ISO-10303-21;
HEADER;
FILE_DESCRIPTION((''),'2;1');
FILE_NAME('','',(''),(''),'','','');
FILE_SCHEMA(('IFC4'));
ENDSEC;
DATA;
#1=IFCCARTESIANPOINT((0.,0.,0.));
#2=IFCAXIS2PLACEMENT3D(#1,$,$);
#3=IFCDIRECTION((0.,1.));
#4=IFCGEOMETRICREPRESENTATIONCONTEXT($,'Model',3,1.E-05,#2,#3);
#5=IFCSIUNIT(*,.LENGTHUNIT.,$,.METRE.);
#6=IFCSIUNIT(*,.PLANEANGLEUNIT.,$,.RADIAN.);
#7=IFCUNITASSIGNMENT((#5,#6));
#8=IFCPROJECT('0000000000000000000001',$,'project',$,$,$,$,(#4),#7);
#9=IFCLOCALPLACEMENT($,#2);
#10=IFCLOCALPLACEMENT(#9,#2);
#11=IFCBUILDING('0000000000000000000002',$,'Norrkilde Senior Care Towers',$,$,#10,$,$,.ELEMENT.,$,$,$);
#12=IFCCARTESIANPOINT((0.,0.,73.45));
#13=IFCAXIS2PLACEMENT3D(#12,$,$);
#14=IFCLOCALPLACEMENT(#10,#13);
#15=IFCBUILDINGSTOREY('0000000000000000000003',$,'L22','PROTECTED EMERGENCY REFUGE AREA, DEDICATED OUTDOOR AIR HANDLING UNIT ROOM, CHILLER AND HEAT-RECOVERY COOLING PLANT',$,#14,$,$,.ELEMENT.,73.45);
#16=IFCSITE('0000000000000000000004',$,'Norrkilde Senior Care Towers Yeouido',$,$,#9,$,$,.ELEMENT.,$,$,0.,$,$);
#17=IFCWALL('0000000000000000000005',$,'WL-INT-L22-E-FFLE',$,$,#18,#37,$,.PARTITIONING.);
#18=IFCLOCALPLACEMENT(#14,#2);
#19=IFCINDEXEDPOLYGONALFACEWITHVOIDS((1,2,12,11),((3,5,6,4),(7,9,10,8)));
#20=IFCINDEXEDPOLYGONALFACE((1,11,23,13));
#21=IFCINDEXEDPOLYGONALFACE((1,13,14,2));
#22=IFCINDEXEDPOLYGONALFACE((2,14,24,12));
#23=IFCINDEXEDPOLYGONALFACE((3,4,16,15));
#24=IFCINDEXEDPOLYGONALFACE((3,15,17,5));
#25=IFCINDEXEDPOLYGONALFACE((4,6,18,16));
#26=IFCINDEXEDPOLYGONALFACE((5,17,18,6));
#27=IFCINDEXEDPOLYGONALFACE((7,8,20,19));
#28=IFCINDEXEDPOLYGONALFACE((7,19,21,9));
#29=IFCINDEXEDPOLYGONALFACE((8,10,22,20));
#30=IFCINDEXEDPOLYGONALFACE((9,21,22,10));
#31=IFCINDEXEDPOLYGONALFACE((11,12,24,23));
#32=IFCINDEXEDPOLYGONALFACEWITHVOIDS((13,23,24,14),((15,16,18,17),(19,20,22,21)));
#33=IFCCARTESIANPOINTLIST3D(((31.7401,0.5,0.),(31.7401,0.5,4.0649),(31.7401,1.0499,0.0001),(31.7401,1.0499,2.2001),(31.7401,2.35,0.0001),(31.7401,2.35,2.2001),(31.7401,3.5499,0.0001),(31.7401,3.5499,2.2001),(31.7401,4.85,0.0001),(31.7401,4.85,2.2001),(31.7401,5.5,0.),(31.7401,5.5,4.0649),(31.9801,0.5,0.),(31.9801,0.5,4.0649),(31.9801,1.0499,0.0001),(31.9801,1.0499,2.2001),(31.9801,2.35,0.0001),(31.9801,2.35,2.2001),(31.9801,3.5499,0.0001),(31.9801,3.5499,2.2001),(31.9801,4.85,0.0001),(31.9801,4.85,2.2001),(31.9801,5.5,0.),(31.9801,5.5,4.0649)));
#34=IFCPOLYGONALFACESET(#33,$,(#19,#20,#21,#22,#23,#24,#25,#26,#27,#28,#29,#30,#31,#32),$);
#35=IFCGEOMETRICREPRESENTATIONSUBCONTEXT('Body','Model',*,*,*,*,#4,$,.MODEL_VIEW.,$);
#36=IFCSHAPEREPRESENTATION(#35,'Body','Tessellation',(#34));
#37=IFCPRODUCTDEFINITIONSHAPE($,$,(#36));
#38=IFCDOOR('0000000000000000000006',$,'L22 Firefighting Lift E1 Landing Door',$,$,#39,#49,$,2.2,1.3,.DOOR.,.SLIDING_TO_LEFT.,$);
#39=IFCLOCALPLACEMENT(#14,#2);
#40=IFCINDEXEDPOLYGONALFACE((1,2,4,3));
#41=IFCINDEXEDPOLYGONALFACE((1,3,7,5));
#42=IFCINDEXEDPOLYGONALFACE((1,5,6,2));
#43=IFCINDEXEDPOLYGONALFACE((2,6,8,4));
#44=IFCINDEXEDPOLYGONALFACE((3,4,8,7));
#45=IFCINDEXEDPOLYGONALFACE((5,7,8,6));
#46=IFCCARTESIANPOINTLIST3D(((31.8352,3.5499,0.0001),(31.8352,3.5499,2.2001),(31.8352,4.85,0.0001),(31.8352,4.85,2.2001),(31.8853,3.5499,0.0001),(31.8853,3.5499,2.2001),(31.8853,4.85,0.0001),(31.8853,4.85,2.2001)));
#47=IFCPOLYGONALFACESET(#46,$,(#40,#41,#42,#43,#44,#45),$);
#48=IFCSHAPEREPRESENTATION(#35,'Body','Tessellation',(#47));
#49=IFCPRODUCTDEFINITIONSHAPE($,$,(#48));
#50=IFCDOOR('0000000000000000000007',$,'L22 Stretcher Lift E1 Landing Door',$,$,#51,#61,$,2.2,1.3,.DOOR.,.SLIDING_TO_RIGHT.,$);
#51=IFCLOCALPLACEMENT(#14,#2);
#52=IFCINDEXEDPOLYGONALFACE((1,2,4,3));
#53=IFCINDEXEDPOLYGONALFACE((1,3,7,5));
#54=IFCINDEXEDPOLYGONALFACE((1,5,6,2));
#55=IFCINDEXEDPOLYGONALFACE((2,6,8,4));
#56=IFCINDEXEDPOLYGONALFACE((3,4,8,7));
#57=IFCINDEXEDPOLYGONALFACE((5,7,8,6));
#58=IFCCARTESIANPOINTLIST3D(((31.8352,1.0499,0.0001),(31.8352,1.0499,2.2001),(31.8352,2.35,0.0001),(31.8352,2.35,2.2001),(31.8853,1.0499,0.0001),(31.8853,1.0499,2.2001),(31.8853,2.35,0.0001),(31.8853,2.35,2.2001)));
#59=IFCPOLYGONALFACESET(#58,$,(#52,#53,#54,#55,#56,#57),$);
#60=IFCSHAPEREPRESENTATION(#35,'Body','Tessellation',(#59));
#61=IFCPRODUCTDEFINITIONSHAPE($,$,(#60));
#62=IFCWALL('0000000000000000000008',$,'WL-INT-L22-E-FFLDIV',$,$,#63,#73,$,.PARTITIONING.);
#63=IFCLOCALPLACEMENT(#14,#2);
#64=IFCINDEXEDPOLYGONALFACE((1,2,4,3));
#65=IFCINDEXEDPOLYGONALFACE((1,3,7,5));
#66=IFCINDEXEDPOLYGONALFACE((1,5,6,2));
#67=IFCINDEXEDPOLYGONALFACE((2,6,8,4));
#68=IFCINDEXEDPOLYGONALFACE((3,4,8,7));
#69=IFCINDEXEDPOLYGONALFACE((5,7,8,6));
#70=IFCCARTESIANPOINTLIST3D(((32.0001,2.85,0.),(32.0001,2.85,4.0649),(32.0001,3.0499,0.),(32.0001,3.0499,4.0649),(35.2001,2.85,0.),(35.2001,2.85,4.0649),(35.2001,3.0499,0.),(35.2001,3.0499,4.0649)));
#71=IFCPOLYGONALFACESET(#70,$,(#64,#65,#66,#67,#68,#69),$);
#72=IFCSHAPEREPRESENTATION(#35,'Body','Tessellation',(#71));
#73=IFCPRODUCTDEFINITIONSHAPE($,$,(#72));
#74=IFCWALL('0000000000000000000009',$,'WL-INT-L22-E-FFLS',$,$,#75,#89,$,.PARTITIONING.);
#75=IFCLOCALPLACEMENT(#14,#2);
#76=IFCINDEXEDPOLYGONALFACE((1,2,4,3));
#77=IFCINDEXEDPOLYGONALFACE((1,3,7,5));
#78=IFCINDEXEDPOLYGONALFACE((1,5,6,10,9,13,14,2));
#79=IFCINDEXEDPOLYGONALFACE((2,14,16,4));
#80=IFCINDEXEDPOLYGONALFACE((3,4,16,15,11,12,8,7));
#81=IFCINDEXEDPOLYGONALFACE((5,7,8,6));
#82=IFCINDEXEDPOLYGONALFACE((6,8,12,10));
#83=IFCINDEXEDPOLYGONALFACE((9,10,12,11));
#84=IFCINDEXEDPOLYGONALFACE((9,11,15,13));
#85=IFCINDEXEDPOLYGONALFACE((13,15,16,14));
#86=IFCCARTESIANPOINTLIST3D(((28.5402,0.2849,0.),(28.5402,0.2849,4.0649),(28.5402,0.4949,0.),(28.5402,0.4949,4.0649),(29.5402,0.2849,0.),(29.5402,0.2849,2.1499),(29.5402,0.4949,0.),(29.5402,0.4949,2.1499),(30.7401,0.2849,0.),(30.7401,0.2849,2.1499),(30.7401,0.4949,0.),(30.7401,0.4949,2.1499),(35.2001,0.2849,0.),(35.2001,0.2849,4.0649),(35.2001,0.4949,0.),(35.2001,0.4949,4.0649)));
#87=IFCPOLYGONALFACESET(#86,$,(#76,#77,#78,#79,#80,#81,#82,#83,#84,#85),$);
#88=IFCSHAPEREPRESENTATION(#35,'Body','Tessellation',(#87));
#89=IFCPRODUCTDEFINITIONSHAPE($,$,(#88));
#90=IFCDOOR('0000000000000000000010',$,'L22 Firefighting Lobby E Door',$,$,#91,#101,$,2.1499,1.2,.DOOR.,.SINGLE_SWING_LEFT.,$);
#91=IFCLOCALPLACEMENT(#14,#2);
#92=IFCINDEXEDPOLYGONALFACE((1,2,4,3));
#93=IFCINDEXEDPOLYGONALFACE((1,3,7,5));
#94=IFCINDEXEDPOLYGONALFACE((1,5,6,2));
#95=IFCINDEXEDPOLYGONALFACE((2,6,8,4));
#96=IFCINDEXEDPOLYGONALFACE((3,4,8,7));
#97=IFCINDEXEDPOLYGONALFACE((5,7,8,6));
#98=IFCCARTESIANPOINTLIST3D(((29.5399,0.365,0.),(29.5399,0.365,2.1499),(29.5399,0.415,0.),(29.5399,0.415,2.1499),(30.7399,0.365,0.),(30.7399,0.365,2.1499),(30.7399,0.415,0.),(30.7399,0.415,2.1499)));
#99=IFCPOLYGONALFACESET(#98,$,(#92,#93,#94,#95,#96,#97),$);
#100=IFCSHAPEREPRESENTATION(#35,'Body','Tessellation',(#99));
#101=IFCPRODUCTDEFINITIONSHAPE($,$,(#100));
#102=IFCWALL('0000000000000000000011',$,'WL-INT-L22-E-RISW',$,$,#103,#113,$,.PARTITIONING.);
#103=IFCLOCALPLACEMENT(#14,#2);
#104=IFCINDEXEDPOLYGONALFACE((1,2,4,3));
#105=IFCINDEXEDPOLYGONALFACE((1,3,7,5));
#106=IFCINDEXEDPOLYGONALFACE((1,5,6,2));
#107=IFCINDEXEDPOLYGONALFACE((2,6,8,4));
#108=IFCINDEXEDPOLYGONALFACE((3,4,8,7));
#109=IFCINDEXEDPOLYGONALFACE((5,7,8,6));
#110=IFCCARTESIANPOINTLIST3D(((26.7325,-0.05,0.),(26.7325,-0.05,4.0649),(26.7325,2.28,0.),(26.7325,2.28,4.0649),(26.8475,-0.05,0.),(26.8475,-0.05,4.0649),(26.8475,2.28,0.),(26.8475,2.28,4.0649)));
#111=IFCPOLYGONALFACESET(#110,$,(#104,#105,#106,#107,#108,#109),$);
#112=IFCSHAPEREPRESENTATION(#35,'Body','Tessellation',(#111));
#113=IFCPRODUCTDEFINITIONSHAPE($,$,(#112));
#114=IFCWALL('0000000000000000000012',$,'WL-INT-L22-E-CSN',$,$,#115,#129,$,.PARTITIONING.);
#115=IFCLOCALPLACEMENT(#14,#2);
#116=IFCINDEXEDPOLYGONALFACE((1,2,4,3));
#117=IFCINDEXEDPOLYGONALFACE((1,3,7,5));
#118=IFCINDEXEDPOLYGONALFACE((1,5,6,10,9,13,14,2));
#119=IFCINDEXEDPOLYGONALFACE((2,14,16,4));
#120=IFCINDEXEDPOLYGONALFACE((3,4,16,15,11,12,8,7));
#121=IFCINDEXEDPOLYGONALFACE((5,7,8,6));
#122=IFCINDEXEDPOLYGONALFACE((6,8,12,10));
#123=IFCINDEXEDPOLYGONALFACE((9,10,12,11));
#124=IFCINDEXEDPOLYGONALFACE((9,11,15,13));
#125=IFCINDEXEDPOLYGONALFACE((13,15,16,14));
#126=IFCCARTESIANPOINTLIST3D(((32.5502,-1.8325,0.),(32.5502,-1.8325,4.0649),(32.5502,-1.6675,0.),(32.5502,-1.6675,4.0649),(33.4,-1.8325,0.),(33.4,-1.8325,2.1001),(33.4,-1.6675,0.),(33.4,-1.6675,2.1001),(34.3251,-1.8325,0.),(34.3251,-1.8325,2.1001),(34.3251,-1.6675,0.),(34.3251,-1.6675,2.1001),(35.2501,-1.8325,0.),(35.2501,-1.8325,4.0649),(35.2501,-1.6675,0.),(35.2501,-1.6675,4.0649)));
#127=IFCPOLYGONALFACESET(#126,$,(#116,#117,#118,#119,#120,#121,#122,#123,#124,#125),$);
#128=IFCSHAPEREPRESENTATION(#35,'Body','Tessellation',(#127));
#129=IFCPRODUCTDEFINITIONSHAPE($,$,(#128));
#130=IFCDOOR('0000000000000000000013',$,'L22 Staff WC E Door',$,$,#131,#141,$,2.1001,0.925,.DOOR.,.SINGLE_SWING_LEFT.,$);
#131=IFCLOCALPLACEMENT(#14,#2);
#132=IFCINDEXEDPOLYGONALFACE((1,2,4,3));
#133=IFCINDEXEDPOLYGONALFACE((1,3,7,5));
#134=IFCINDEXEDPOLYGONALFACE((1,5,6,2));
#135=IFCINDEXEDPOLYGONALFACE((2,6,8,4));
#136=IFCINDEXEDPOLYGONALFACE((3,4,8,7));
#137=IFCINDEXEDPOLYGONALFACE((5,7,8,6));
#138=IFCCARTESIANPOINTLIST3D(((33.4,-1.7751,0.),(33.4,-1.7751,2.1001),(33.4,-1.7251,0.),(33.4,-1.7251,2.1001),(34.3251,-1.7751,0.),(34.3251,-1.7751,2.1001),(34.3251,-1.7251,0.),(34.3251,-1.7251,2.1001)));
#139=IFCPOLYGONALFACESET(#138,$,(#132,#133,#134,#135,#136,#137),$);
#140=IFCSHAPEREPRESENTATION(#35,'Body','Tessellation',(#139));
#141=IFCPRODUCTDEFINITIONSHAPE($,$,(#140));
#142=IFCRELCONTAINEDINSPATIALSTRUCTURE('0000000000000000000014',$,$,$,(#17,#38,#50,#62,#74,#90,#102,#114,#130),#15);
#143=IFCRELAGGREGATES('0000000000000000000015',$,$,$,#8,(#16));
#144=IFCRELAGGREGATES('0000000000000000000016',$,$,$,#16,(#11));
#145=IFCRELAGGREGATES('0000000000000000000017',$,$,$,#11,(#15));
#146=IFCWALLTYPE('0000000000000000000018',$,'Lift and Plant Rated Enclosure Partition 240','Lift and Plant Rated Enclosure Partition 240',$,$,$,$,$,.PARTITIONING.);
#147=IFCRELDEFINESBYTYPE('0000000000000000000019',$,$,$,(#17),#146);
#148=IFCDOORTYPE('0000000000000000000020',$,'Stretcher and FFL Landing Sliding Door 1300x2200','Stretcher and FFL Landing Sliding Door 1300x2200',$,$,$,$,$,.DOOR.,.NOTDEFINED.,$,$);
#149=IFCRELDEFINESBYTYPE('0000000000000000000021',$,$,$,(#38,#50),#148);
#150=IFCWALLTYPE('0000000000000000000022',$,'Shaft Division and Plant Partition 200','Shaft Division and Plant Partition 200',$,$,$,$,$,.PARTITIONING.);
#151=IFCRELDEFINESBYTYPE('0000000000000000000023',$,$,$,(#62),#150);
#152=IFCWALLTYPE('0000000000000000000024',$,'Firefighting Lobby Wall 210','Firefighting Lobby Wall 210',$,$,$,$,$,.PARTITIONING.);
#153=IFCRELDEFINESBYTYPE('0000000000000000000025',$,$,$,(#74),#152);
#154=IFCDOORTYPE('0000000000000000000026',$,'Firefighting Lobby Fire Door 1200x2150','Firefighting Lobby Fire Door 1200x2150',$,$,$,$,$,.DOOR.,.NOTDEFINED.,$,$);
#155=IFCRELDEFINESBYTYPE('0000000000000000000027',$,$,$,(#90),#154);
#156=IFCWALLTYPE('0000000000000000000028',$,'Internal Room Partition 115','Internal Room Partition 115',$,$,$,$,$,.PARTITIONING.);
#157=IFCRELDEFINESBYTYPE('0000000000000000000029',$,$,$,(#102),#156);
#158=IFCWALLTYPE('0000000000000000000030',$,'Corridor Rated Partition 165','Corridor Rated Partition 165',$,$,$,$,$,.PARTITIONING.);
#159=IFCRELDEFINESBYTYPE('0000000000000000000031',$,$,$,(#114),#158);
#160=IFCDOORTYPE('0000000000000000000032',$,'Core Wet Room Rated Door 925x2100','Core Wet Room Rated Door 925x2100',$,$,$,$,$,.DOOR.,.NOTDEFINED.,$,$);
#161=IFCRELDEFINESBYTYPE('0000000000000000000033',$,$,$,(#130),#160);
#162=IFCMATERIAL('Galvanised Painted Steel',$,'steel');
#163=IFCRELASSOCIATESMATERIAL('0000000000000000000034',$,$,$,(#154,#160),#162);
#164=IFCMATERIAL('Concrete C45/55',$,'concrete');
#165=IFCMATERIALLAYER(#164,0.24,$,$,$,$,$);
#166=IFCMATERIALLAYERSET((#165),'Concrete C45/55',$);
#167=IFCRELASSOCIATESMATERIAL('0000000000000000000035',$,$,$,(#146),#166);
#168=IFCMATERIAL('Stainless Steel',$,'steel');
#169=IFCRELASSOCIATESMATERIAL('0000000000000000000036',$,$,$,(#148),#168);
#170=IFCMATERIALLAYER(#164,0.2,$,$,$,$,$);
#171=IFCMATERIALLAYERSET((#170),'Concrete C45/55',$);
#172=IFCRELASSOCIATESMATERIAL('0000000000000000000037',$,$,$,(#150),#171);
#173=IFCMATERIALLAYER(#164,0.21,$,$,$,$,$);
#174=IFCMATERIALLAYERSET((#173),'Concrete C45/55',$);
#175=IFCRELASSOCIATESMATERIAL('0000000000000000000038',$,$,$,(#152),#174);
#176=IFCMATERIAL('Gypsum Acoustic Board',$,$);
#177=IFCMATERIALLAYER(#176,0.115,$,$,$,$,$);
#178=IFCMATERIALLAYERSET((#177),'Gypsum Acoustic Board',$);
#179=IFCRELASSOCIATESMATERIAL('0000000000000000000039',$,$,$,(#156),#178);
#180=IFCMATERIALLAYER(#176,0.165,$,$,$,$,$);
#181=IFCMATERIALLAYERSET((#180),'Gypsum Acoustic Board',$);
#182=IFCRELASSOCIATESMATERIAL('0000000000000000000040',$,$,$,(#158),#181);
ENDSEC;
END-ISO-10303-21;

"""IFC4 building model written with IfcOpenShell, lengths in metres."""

from ifc_helpers import new_model, si_unit, direction, frame, frame_2d, origin, place, context, subcontext, project, spatial, rectangle, extrude, source, transform, mapped, material, layer, layer_set, type_object, type_shapes, element, fill, save


model = new_model("IFC4")

# Units and contexts
model_context = context("Model", 3, precision=1e-05, world=origin(), true_north=direction((0.0, 1.0)))
body_context = subcontext(model_context, "Body", "Model", "MODEL_VIEW")
ifc_project = project(units=[si_unit("LENGTHUNIT", "METRE"), si_unit("PLANEANGLEUNIT", "RADIAN")], contexts=[model_context])

# Site, building, storey
site_placement = place(None, origin())
site = spatial("IfcSite", under=ifc_project, at=site_placement, Name="Norrkilde Senior Care Towers Yeouido", CompositionType="ELEMENT", RefElevation=0.0)
building_placement = place(site_placement, origin())
building = spatial("IfcBuilding", under=site, at=building_placement, Name="Norrkilde Senior Care Towers", CompositionType="ELEMENT")
storey_placement = place(building_placement, frame((0.0, 0.0, 73.45)))
storey = spatial("IfcBuildingStorey", under=building, at=storey_placement, Name="L22", Description="PROTECTED EMERGENCY REFUGE AREA, DEDICATED OUTDOOR AIR HANDLING UNIT ROOM, CHILLER AND HEAT-RECOVERY COOLING PLANT", CompositionType="ELEMENT", Elevation=73.45)

# Shared definitions
ifc_material_1 = material(Name="Galvanised Painted Steel", Category="steel")
door_type_1 = type_object("IfcDoorType", Name="Firefighting Lobby Fire Door 1200x2150", Description="Firefighting Lobby Fire Door 1200x2150", OperationType="NOTDEFINED", PredefinedType="DOOR", material=ifc_material_1)
shared_shape_1 = source(origin(), body_context, "Body", "SweptSolid", [
    extrude(rectangle(XDim=1.2, YDim=2.1499, at=frame_2d((0.6001, 1.075))), frame((0.0, 0.0249, 0.0), z_axis=(0.0, -1.0, 0.0), x_axis=(1.0, 0.0, 0.0)), (0.0, 0.0, 1.0), 0.05),
])
type_shapes(door_type_1, [shared_shape_1])

# Shared definitions
ifc_material_2 = material(Name="Concrete C45/55", Category="concrete")

# Wall, openings, doors
ifc_layer_1 = layer(ifc_material_2, 0.24)
ifc_layer_set_1 = layer_set([ifc_layer_1], Name="Concrete C45/55")
wall_type_1 = type_object("IfcWallType", Name="Lift and Plant Rated Enclosure Partition 240", Description="Lift and Plant Rated Enclosure Partition 240", PredefinedType="PARTITIONING", material=ifc_layer_set_1)
shared_shape_2 = source(origin(), body_context, "Body", "SweptSolid", [
    extrude(rectangle(XDim=5.0, YDim=0.24, at=frame_2d((2.5, 0.0))), origin(), (0.0, 0.0, 1.0), 4.0649),
])
type_shapes(wall_type_1, [shared_shape_2])
wall_1_placement = place(storey_placement, frame((31.8601, 0.5, 0.0), z_axis=(0.0, 0.0, 1.0), x_axis=(0.0, 1.0, 0.0)))
wall_1 = element("IfcWall", 1, at=wall_1_placement, inside=storey, type_object=wall_type_1, Name="WL-INT-L22-E-FFLE", PredefinedType="PARTITIONING", context=body_context, shape_type="MappedRepresentation", body=[
    mapped(shared_shape_2, transform((0.0, 0.0, 0.0), x_axis=(1.0, 0.0, 0.0), y_axis=(0.0, 1.0, 0.0), z_axis=(0.0, 0.0, 1.0), scale=1.0)),
])
opening_1_placement = place(wall_1_placement, frame((3.05, 0.0, 0.0)))
opening_1 = element("IfcOpeningElement", 2, at=opening_1_placement, cuts=wall_1, PredefinedType="OPENING", context=body_context, shape_type="SweptSolid", body=[
    extrude(rectangle(XDim=1.3, YDim=2.2, at=frame_2d((0.6499, 1.1001))), frame((0.0, 0.1299, 0.0), z_axis=(0.0, -1.0, 0.0), x_axis=(1.0, 0.0, 0.0)), (0.0, 0.0, 1.0), 0.26),
])
opening_2_placement = place(wall_1_placement, frame((0.55, 0.0, 0.0)))
opening_2 = element("IfcOpeningElement", 3, at=opening_2_placement, cuts=wall_1, PredefinedType="OPENING", context=body_context, shape_type="SweptSolid", body=[
    extrude(rectangle(XDim=1.3, YDim=2.2, at=frame_2d((0.6499, 1.1001))), frame((0.0, 0.1299, 0.0), z_axis=(0.0, -1.0, 0.0), x_axis=(1.0, 0.0, 0.0)), (0.0, 0.0, 1.0), 0.26),
])
ifc_material_3 = material(Name="Stainless Steel", Category="steel")
door_type_2 = type_object("IfcDoorType", Name="Stretcher and FFL Landing Sliding Door 1300x2200", Description="Stretcher and FFL Landing Sliding Door 1300x2200", OperationType="NOTDEFINED", PredefinedType="DOOR", material=ifc_material_3)
shared_shape_3 = source(origin(), body_context, "Body", "SweptSolid", [
    extrude(rectangle(XDim=1.3, YDim=2.2, at=frame_2d((0.6499, 1.1001))), frame((0.0, 0.0249, 0.0), z_axis=(0.0, -1.0, 0.0), x_axis=(1.0, 0.0, 0.0)), (0.0, 0.0, 1.0), 0.05),
])
type_shapes(door_type_2, [shared_shape_3])
door_1_placement = place(opening_1_placement, origin())
door_1 = element("IfcDoor", 4, at=door_1_placement, inside=storey, type_object=door_type_2, Name="L22 Firefighting Lift E1 Landing Door", OperationType="SLIDING_TO_LEFT", OverallHeight=2.2, OverallWidth=1.3, PredefinedType="DOOR", context=body_context, shape_type="MappedRepresentation", body=[
    mapped(shared_shape_3, transform((0.0, 0.0, 0.0), x_axis=(1.0, 0.0, 0.0), y_axis=(0.0, 1.0, 0.0), z_axis=(0.0, 0.0, 1.0), scale=1.0)),
])
fill(opening_1, door_1)
door_2_placement = place(opening_2_placement, origin())
door_2 = element("IfcDoor", 5, at=door_2_placement, inside=storey, type_object=door_type_2, Name="L22 Stretcher Lift E1 Landing Door", OperationType="SLIDING_TO_RIGHT", OverallHeight=2.2, OverallWidth=1.3, PredefinedType="DOOR", context=body_context, shape_type="MappedRepresentation", body=[
    mapped(shared_shape_3, transform((0.0, 0.0, 0.0), x_axis=(1.0, 0.0, 0.0), y_axis=(0.0, 1.0, 0.0), z_axis=(0.0, 0.0, 1.0), scale=1.0)),
])
fill(opening_2, door_2)

# Wall
ifc_layer_2 = layer(ifc_material_2, 0.2)
ifc_layer_set_2 = layer_set([ifc_layer_2], Name="Concrete C45/55")
wall_type_2 = type_object("IfcWallType", Name="Shaft Division and Plant Partition 200", Description="Shaft Division and Plant Partition 200", PredefinedType="PARTITIONING", material=ifc_layer_set_2)
shared_shape_4 = source(origin(), body_context, "Body", "SweptSolid", [
    extrude(rectangle(XDim=3.2, YDim=0.2, at=frame_2d((1.6001, 0.0))), origin(), (0.0, 0.0, 1.0), 4.0649),
])
wall_2_placement = place(storey_placement, frame((32.0, 2.95, 0.0), z_axis=(0.0, 0.0, 1.0), x_axis=(1.0, 0.0, 0.0)))
element("IfcWall", 6, at=wall_2_placement, inside=storey, type_object=wall_type_2, Name="WL-INT-L22-E-FFLDIV", PredefinedType="PARTITIONING", context=body_context, shape_type="MappedRepresentation", body=[
    mapped(shared_shape_4, transform((0.0, 0.0, 0.0), x_axis=(1.0, 0.0, 0.0), y_axis=(0.0, 1.0, 0.0), z_axis=(0.0, 0.0, 1.0), scale=1.0)),
])

# Wall, opening, door
ifc_layer_3 = layer(ifc_material_2, 0.21)
ifc_layer_set_3 = layer_set([ifc_layer_3], Name="Concrete C45/55")
wall_type_3 = type_object("IfcWallType", Name="Firefighting Lobby Wall 210", Description="Firefighting Lobby Wall 210", PredefinedType="PARTITIONING", material=ifc_layer_set_3)
shared_shape_5 = source(origin(), body_context, "Body", "SweptSolid", [
    extrude(rectangle(XDim=6.6599, YDim=0.21, at=frame_2d((3.3301, 0.0))), origin(), (0.0, 0.0, 1.0), 4.0649),
])
type_shapes(wall_type_3, [shared_shape_5])
wall_3_placement = place(storey_placement, frame((28.54, 0.3899, 0.0), z_axis=(0.0, 0.0, 1.0), x_axis=(1.0, 0.0, 0.0)))
wall_3 = element("IfcWall", 7, at=wall_3_placement, inside=storey, type_object=wall_type_3, Name="WL-INT-L22-E-FFLS", PredefinedType="PARTITIONING", context=body_context, shape_type="MappedRepresentation", body=[
    mapped(shared_shape_5, transform((0.0, 0.0, 0.0), x_axis=(1.0, 0.0, 0.0), y_axis=(0.0, 1.0, 0.0), z_axis=(0.0, 0.0, 1.0), scale=1.0)),
])
opening_3_placement = place(wall_3_placement, frame((1.0, 0.0, 0.0)))
opening_3 = element("IfcOpeningElement", 8, at=opening_3_placement, cuts=wall_3, PredefinedType="OPENING", context=body_context, shape_type="SweptSolid", body=[
    extrude(rectangle(XDim=1.2, YDim=2.1499, at=frame_2d((0.6001, 1.075))), frame((0.0, 0.115, 0.0), z_axis=(0.0, -1.0, 0.0), x_axis=(1.0, 0.0, 0.0)), (0.0, 0.0, 1.0), 0.23),
])
door_3_placement = place(opening_3_placement, frame((1.2, 0.0, 0.0), z_axis=(0.0, 0.0, 1.0), x_axis=(-1.0, 0.0, 0.0)))
door_3 = element("IfcDoor", 9, at=door_3_placement, inside=storey, type_object=door_type_1, Name="L22 Firefighting Lobby E Door", OperationType="SINGLE_SWING_LEFT", OverallHeight=2.1499, OverallWidth=1.2, PredefinedType="DOOR", context=body_context, shape_type="MappedRepresentation", body=[
    mapped(shared_shape_1, transform((0.0, 0.0, 0.0), x_axis=(1.0, 0.0, 0.0), y_axis=(0.0, 1.0, 0.0), z_axis=(0.0, 0.0, 1.0), scale=1.0)),
])
fill(opening_3, door_3)

# Wall
ifc_material_4 = material(Name="Gypsum Acoustic Board")
ifc_layer_4 = layer(ifc_material_4, 0.115)
ifc_layer_set_4 = layer_set([ifc_layer_4], Name="Gypsum Acoustic Board")
wall_type_4 = type_object("IfcWallType", Name="Internal Room Partition 115", Description="Internal Room Partition 115", PredefinedType="PARTITIONING", material=ifc_layer_set_4)
shared_shape_6 = source(origin(), body_context, "Body", "SweptSolid", [
    extrude(rectangle(XDim=2.3301, YDim=0.115, at=frame_2d((1.165, 0.0))), origin(), (0.0, 0.0, 1.0), 4.0649),
])
type_shapes(wall_type_4, [shared_shape_6])
wall_4_placement = place(storey_placement, frame((26.79, -0.05, 0.0), z_axis=(0.0, 0.0, 1.0), x_axis=(0.0, 1.0, 0.0)))
element("IfcWall", 10, at=wall_4_placement, inside=storey, type_object=wall_type_4, Name="WL-INT-L22-E-RISW", PredefinedType="PARTITIONING", context=body_context, shape_type="MappedRepresentation", body=[
    mapped(shared_shape_6, transform((0.0, 0.0, 0.0), x_axis=(1.0, 0.0, 0.0), y_axis=(0.0, 1.0, 0.0), z_axis=(0.0, 0.0, 1.0), scale=1.0)),
])

# Wall, opening, door
ifc_layer_5 = layer(ifc_material_4, 0.165)
ifc_layer_set_5 = layer_set([ifc_layer_5], Name="Gypsum Acoustic Board")
wall_type_5 = type_object("IfcWallType", Name="Corridor Rated Partition 165", Description="Corridor Rated Partition 165", PredefinedType="PARTITIONING", material=ifc_layer_set_5)
shared_shape_7 = source(origin(), body_context, "Body", "SweptSolid", [
    extrude(rectangle(XDim=2.7, YDim=0.165, at=frame_2d((1.3501, 0.0))), origin(), (0.0, 0.0, 1.0), 4.0649),
])
type_shapes(wall_type_5, [shared_shape_7])
wall_5_placement = place(storey_placement, frame((32.55, -1.75, 0.0), z_axis=(0.0, 0.0, 1.0), x_axis=(1.0, 0.0, 0.0)))
wall_5 = element("IfcWall", 11, at=wall_5_placement, inside=storey, type_object=wall_type_5, Name="WL-INT-L22-E-CSN", PredefinedType="PARTITIONING", context=body_context, shape_type="MappedRepresentation", body=[
    mapped(shared_shape_7, transform((0.0, 0.0, 0.0), x_axis=(1.0, 0.0, 0.0), y_axis=(0.0, 1.0, 0.0), z_axis=(0.0, 0.0, 1.0), scale=1.0)),
])
opening_4_placement = place(wall_5_placement, frame((0.8501, 0.0, 0.0)))
opening_4 = element("IfcOpeningElement", 12, at=opening_4_placement, cuts=wall_5, PredefinedType="OPENING", context=body_context, shape_type="SweptSolid", body=[
    extrude(rectangle(XDim=0.925, YDim=2.1001, at=frame_2d((0.4624, 1.05))), frame((0.0, 0.0925, 0.0), z_axis=(0.0, -1.0, 0.0), x_axis=(1.0, 0.0, 0.0)), (0.0, 0.0, 1.0), 0.1851),
])
door_type_3 = type_object("IfcDoorType", Name="Core Wet Room Rated Door 925x2100", Description="Core Wet Room Rated Door 925x2100", OperationType="NOTDEFINED", PredefinedType="DOOR", material=ifc_material_1)
shared_shape_8 = source(origin(), body_context, "Body", "SweptSolid", [
    extrude(rectangle(XDim=0.925, YDim=2.1001, at=frame_2d((0.4624, 1.05))), frame((0.0, 0.0249, 0.0), z_axis=(0.0, -1.0, 0.0), x_axis=(1.0, 0.0, 0.0)), (0.0, 0.0, 1.0), 0.05),
])
type_shapes(door_type_3, [shared_shape_8])
door_4_placement = place(opening_4_placement, origin())
door_4 = element("IfcDoor", 13, at=door_4_placement, inside=storey, type_object=door_type_3, Name="L22 Staff WC E Door", OperationType="SINGLE_SWING_LEFT", OverallHeight=2.1001, OverallWidth=0.925, PredefinedType="DOOR", context=body_context, shape_type="MappedRepresentation", body=[
    mapped(shared_shape_8, transform((0.0, 0.0, 0.0), x_axis=(1.0, 0.0, 0.0), y_axis=(0.0, 1.0, 0.0), z_axis=(0.0, 0.0, 1.0), scale=1.0)),
])
fill(opening_4, door_4)

save(model, "model.ifc")
